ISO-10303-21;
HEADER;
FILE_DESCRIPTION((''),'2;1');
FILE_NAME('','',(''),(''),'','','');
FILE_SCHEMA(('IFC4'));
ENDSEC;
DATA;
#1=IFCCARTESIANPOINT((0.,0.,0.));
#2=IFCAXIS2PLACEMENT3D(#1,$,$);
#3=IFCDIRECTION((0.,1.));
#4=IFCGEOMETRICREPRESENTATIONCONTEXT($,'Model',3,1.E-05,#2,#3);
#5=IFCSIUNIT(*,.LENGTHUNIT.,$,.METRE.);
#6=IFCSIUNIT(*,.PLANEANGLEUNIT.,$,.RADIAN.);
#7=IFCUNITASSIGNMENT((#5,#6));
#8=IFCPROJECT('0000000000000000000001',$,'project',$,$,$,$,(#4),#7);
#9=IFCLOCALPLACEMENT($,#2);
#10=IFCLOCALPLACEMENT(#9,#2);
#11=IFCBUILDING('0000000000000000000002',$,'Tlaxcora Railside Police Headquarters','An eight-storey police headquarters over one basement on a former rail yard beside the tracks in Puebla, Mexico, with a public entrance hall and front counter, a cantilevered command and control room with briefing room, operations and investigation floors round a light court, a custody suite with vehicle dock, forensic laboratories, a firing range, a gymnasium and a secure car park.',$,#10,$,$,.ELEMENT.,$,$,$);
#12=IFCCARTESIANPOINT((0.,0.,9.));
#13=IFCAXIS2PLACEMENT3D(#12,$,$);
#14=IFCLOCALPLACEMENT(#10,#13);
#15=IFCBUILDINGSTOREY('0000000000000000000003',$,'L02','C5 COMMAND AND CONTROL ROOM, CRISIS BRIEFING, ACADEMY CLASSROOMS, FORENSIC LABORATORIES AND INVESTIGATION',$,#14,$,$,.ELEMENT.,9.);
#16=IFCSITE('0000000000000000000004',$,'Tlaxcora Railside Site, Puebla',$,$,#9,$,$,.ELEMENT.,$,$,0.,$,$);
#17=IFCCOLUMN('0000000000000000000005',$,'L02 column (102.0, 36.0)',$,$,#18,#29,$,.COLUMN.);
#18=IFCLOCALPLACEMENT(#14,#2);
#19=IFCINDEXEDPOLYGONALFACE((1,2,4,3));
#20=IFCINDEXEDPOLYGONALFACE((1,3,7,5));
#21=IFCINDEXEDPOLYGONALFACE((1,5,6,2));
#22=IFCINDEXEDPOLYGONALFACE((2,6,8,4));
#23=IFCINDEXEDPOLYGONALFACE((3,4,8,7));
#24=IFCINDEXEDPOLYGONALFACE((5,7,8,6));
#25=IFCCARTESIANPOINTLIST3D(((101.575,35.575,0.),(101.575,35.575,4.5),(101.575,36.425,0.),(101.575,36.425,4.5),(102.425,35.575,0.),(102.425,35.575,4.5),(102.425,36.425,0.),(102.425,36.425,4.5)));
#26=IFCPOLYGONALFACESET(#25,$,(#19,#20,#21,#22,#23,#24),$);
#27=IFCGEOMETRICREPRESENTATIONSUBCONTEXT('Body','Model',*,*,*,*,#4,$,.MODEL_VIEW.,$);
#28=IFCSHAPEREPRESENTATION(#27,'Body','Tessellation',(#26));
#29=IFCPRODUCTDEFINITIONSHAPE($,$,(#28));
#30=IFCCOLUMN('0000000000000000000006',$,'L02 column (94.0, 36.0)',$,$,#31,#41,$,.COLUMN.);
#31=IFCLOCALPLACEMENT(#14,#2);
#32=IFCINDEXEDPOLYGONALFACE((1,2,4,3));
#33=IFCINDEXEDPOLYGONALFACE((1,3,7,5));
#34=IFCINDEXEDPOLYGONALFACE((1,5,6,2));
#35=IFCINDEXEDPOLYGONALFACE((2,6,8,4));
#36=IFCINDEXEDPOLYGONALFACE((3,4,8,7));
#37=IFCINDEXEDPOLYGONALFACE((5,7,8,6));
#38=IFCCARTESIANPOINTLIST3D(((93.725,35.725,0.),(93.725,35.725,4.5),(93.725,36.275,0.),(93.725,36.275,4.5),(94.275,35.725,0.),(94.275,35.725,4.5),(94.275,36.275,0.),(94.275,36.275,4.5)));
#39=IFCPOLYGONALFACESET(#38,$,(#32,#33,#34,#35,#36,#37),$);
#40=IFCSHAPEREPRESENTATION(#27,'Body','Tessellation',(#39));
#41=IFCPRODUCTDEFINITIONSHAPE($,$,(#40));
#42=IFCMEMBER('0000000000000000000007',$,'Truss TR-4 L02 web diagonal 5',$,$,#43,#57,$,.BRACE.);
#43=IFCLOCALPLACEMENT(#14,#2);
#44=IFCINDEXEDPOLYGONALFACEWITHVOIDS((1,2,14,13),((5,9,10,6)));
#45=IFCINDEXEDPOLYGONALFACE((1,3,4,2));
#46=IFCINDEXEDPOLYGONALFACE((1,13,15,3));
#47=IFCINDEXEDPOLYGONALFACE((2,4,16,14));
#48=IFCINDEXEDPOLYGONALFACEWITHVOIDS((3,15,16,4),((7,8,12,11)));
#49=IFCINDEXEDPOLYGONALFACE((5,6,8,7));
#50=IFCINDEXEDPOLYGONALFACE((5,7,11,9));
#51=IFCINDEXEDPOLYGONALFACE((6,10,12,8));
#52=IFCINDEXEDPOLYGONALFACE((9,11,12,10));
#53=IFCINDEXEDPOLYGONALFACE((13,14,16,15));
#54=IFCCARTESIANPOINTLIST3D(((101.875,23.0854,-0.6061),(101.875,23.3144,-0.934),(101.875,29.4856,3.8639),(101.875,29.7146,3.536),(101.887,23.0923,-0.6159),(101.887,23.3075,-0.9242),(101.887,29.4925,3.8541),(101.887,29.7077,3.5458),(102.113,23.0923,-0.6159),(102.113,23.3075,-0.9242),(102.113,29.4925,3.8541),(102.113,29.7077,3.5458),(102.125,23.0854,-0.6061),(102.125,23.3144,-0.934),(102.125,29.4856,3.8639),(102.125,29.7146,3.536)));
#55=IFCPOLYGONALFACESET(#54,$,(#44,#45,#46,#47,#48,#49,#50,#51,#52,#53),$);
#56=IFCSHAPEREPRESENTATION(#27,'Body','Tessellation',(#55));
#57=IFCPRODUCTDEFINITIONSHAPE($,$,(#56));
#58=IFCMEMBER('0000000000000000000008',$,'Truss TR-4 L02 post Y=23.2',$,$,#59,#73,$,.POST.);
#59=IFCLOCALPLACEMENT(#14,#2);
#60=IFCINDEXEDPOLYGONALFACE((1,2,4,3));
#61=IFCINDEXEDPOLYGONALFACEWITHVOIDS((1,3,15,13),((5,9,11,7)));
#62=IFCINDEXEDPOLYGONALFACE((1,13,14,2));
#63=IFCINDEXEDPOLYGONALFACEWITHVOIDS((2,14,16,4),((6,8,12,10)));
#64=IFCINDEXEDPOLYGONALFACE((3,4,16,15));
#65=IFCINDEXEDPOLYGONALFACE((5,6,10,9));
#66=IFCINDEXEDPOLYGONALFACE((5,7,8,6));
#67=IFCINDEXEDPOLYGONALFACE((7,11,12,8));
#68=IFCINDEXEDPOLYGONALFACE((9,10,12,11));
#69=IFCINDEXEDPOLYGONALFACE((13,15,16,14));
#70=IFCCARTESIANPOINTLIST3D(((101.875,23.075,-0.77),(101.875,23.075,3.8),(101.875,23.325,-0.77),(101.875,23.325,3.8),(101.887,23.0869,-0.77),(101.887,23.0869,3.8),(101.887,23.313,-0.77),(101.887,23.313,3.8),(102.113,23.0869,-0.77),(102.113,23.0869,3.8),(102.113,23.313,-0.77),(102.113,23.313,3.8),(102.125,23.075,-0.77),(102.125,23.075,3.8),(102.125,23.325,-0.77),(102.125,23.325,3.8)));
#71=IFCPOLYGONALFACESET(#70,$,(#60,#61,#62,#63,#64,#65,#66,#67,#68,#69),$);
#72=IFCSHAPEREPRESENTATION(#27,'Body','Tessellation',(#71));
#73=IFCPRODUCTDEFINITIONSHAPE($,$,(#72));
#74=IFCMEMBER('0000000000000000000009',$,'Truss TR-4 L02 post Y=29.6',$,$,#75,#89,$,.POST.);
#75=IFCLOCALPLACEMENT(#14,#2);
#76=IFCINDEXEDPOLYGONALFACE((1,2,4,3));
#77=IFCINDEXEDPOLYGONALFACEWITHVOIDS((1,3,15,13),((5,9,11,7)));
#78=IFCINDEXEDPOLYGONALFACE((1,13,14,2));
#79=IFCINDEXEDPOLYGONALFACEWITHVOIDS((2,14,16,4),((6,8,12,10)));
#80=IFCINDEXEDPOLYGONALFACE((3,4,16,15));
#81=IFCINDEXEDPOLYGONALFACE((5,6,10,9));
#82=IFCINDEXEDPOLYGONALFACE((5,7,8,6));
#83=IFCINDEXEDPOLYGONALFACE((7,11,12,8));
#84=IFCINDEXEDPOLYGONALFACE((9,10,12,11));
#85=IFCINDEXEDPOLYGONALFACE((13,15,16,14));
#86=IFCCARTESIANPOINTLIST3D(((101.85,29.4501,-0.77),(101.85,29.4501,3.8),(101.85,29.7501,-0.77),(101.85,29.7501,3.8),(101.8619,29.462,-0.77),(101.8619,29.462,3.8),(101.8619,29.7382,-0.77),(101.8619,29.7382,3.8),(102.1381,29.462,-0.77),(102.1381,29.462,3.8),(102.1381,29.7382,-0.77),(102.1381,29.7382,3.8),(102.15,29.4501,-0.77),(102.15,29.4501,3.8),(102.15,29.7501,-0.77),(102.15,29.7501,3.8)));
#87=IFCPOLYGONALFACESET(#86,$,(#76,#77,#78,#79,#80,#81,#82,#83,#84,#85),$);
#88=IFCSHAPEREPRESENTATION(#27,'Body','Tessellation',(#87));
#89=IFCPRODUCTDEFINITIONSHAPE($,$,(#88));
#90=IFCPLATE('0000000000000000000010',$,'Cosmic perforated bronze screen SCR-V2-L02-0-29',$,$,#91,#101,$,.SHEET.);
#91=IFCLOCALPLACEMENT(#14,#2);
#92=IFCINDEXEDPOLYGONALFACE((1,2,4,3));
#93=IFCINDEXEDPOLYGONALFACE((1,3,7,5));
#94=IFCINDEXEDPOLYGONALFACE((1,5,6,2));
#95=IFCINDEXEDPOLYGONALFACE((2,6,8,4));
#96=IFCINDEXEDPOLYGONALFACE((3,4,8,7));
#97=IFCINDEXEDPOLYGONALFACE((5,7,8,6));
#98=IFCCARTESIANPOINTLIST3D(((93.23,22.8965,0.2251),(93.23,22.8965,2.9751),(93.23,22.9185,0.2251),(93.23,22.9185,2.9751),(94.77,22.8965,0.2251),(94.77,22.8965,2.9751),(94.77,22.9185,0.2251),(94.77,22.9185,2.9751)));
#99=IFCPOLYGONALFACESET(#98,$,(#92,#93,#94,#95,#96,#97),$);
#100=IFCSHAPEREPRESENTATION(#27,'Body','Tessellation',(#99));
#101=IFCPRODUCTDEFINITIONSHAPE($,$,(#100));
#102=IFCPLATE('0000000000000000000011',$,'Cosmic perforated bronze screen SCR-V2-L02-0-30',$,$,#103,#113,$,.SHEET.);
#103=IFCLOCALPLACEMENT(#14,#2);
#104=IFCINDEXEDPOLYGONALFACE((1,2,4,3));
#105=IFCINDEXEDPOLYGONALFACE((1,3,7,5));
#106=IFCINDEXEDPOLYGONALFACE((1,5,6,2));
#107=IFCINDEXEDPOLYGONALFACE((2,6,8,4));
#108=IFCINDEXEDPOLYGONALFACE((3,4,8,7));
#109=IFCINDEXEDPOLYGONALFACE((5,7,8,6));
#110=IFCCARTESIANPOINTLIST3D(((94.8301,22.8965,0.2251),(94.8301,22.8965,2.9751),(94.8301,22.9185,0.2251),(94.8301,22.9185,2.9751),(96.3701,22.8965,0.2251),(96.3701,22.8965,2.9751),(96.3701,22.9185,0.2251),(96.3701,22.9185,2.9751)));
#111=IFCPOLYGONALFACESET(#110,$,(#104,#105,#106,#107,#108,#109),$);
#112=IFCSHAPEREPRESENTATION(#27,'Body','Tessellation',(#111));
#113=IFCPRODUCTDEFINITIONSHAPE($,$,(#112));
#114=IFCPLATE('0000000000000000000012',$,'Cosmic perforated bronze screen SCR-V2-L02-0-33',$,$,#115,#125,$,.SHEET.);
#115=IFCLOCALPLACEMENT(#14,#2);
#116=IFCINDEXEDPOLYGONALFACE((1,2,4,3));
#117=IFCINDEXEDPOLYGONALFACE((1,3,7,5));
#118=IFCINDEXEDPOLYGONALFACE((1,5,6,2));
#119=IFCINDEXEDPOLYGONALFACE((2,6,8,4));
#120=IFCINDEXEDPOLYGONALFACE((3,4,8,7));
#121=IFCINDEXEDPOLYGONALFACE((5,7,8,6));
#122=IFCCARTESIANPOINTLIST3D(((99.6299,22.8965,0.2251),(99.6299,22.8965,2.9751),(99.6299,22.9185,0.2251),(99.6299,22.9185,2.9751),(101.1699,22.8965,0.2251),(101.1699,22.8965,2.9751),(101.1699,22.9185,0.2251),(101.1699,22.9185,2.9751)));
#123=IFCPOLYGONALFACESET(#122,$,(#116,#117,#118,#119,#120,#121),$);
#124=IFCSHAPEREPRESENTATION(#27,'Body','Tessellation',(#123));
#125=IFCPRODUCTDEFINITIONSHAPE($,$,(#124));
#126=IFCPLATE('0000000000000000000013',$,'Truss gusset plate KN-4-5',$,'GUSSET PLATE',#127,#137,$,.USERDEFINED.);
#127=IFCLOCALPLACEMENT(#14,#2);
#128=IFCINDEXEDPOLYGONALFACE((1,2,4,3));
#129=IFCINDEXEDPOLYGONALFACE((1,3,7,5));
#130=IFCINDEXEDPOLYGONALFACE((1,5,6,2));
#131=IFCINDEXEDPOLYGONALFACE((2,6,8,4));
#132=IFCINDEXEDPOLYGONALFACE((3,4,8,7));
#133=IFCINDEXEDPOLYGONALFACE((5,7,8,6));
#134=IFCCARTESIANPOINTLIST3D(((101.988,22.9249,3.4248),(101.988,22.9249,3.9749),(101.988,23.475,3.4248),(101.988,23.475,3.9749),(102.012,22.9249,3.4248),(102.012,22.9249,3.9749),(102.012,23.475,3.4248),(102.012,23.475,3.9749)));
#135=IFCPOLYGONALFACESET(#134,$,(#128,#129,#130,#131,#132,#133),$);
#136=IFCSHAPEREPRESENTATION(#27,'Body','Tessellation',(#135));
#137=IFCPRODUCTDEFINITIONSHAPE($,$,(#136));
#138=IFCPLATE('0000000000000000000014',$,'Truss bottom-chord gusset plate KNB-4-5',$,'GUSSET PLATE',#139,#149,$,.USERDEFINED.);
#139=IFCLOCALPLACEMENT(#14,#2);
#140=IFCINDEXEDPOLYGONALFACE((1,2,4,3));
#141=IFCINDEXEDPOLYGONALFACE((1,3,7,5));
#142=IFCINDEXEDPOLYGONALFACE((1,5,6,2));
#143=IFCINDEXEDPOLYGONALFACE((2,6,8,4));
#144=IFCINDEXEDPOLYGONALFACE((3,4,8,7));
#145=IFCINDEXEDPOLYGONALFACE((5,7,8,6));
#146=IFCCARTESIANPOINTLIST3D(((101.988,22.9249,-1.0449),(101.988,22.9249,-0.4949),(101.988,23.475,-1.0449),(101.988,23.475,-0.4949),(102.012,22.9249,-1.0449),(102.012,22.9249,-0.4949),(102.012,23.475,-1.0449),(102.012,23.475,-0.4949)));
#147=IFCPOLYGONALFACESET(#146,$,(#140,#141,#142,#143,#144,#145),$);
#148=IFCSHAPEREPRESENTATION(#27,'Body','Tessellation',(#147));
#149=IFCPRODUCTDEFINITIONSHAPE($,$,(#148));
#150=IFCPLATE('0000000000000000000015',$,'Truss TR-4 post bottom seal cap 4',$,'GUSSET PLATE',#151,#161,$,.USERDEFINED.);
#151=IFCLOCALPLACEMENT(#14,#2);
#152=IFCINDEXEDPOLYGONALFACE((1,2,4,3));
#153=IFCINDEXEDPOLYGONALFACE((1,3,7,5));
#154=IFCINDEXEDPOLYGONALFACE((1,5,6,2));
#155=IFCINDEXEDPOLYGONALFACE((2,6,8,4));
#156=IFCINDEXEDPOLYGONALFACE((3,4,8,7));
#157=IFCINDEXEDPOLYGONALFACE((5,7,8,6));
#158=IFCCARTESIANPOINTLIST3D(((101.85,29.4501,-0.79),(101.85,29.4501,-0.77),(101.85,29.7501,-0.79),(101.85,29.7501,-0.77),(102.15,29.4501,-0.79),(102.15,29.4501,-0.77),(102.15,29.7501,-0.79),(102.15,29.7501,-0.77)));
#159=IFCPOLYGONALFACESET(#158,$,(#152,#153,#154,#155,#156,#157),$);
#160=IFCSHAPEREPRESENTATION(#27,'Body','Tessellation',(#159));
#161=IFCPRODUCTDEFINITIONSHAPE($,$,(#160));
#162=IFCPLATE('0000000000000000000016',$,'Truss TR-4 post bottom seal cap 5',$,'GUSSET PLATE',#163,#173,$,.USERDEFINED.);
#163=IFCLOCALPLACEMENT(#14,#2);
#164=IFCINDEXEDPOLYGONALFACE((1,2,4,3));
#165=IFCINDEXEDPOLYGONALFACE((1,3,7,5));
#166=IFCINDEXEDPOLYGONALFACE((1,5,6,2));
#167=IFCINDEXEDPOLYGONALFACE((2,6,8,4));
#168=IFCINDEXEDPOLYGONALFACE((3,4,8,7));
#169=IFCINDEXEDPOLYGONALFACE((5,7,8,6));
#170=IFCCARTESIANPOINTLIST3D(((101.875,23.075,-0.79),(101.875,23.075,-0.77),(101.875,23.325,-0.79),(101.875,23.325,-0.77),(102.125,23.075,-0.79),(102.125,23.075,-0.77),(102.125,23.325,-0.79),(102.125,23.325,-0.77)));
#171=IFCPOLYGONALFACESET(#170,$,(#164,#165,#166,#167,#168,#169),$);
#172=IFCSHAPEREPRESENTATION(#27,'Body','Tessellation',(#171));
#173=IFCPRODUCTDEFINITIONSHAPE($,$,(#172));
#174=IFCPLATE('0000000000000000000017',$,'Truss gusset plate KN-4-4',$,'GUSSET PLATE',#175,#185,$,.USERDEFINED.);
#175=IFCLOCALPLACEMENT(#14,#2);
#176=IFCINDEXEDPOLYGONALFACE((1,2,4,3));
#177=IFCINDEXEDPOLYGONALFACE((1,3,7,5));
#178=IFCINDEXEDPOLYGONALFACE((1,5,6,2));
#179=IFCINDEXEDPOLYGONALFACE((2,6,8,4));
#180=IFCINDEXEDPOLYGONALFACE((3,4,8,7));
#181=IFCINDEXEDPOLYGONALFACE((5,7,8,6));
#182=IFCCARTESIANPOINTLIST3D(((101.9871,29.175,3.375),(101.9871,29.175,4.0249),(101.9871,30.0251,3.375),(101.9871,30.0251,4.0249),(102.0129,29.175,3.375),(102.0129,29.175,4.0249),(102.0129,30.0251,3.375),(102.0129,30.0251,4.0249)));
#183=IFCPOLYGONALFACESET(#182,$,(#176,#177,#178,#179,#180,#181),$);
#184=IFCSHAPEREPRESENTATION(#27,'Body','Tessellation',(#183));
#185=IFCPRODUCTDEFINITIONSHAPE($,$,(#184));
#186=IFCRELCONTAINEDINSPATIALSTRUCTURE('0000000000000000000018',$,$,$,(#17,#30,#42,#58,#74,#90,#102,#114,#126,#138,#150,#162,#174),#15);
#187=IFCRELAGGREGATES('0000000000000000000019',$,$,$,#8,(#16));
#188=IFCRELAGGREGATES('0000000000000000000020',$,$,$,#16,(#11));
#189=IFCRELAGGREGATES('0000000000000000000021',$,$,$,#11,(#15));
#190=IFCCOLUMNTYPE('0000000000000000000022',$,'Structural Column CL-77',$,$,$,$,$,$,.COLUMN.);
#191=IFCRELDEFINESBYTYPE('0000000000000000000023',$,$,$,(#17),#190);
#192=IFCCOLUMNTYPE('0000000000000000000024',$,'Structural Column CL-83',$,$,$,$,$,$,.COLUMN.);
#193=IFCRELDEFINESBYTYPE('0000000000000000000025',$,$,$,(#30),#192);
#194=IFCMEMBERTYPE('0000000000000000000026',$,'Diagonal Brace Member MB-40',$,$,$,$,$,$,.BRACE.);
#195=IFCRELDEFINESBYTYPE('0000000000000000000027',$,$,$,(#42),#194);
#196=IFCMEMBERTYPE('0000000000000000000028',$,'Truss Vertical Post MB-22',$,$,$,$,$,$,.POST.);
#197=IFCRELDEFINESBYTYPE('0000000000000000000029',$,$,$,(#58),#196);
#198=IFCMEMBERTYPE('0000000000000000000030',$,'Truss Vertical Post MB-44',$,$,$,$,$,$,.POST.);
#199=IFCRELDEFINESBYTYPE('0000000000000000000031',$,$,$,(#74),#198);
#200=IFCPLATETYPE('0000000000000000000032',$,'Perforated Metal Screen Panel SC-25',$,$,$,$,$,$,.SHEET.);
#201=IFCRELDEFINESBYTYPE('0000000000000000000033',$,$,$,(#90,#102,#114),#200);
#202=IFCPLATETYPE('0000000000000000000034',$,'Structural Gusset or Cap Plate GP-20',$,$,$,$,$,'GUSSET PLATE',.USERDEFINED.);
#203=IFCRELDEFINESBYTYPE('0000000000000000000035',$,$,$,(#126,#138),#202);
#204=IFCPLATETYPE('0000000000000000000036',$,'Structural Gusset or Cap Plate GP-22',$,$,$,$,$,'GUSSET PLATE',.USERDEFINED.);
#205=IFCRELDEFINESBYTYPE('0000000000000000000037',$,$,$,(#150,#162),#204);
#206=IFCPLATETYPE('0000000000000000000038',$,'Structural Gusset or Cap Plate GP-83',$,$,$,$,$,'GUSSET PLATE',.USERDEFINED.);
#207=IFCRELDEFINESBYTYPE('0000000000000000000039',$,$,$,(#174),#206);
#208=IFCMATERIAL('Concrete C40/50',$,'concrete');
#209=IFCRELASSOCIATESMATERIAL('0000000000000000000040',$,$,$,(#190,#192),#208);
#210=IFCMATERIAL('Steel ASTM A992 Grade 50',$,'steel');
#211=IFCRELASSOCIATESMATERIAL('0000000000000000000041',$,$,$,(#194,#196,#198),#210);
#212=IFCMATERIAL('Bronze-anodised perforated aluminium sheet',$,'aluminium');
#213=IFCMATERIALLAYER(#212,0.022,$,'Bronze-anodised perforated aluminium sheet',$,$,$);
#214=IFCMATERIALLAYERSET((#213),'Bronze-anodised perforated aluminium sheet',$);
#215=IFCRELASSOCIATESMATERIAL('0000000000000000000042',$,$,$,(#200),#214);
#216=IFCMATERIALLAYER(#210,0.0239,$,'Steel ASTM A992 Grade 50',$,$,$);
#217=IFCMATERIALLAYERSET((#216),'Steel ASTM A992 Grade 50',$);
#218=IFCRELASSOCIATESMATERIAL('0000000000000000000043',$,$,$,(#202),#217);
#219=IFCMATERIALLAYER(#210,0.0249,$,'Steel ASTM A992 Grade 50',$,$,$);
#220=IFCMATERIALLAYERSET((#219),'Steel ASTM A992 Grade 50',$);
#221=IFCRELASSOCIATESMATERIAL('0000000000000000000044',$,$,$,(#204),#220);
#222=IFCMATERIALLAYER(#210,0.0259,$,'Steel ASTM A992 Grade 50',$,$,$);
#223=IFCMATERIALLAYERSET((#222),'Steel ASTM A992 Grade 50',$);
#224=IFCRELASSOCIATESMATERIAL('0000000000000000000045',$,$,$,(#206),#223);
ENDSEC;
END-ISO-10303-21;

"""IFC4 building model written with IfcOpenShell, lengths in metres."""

from ifc_helpers import new_model, si_unit, direction, frame, origin, origin_2d, place, context, subcontext, project, spatial, rectangle, hollow_rectangle, extrude, material, layer, layer_set, material_profile, profile_set, type_object, element, save


model = new_model("IFC4")

# Units and contexts
model_context = context("Model", 3, precision=1e-05, world=origin(), true_north=direction((0.0, 1.0)))
body_context = subcontext(model_context, "Body", "Model", "MODEL_VIEW")
ifc_project = project(units=[si_unit("LENGTHUNIT", "METRE"), si_unit("PLANEANGLEUNIT", "RADIAN")], contexts=[model_context])

# Site, building, storey
site_placement = place(None, origin())
site = spatial("IfcSite", under=ifc_project, at=site_placement, Name="Tlaxcora Railside Site, Puebla", CompositionType="ELEMENT", RefElevation=0.0)
building_placement = place(site_placement, origin())
building = spatial("IfcBuilding", under=site, at=building_placement, Name="Tlaxcora Railside Police Headquarters", Description="An eight-storey police headquarters over one basement on a former rail yard beside the tracks in Puebla, Mexico, with a public entrance hall and front counter, a cantilevered command and control room with briefing room, operations and investigation floors round a light court, a custody suite with vehicle dock, forensic laboratories, a firing range, a gymnasium and a secure car park.", CompositionType="ELEMENT")
storey_placement = place(building_placement, frame((0.0, 0.0, 9.0)))
storey = spatial("IfcBuildingStorey", under=building, at=storey_placement, Name="L02", Description="C5 COMMAND AND CONTROL ROOM, CRISIS BRIEFING, ACADEMY CLASSROOMS, FORENSIC LABORATORIES AND INVESTIGATION", CompositionType="ELEMENT", Elevation=9.0)

# Columns
ifc_material_1 = material(Name="Concrete C40/50", Category="concrete")
ifc_material_profile_1 = material_profile(ifc_material_1, rectangle(XDim=0.8501, YDim=0.8501, at=origin_2d()), Name="RC850X850")
ifc_profile_set_1 = profile_set([ifc_material_profile_1], Name="Concrete C40/50")
column_type_1 = type_object("IfcColumnType", Name="Structural Column CL-77", PredefinedType="COLUMN", material=ifc_profile_set_1)
column_1_placement = place(storey_placement, frame((102.0, 36.0, 0.0), z_axis=(0.0, 0.0, 1.0), x_axis=(1.0, 0.0, 0.0)))
element("IfcColumn", 1, at=column_1_placement, inside=storey, type_object=column_type_1, Name="L02 column (102.0, 36.0)", PredefinedType="COLUMN", context=body_context, shape_type="SweptSolid", body=[
    extrude(rectangle(XDim=0.8501, YDim=0.8501, at=origin_2d()), origin(), (0.0, 0.0, 1.0), 4.5),
])
ifc_material_profile_2 = material_profile(ifc_material_1, rectangle(XDim=0.55, YDim=0.55, at=origin_2d()), Name="RC550X550")
ifc_profile_set_2 = profile_set([ifc_material_profile_2], Name="Concrete C40/50")
column_type_2 = type_object("IfcColumnType", Name="Structural Column CL-83", PredefinedType="COLUMN", material=ifc_profile_set_2)
column_2_placement = place(storey_placement, frame((94.0, 36.0, 0.0), z_axis=(0.0, 0.0, 1.0), x_axis=(1.0, 0.0, 0.0)))
element("IfcColumn", 2, at=column_2_placement, inside=storey, type_object=column_type_2, Name="L02 column (94.0, 36.0)", PredefinedType="COLUMN", context=body_context, shape_type="SweptSolid", body=[
    extrude(rectangle(XDim=0.55, YDim=0.55, at=origin_2d()), origin(), (0.0, 0.0, 1.0), 4.5),
])

# Members
ifc_material_2 = material(Name="Steel ASTM A992 Grade 50", Category="steel")
ifc_material_profile_3 = material_profile(ifc_material_2, hollow_rectangle(XDim=0.25, YDim=0.3999, WallThickness=0.012, at=origin_2d()), Name="HSS400X250X12")
ifc_profile_set_3 = profile_set([ifc_material_profile_3], Name="Steel ASTM A992 Grade 50")
member_type_1 = type_object("IfcMemberType", Name="Diagonal Brace Member MB-40", PredefinedType="BRACE", material=ifc_profile_set_3)
member_1_placement = place(storey_placement, frame((102.0, 29.6001, 3.7), z_axis=(0.0, -0.819841, -0.572591), x_axis=(1.0, 0.0, 0.0)))
element("IfcMember", 3, at=member_1_placement, inside=storey, type_object=member_type_1, Name="Truss TR-4 L02 web diagonal 5", PredefinedType="BRACE", context=body_context, shape_type="SweptSolid", body=[
    extrude(hollow_rectangle(XDim=0.25, YDim=0.3999, WallThickness=0.012, at=origin_2d()), origin(), (0.0, 0.0, 1.0), 7.8066),
])
ifc_material_profile_4 = material_profile(ifc_material_2, hollow_rectangle(XDim=0.25, YDim=0.25, WallThickness=0.012, at=origin_2d()), Name="HSS250X250X12")
ifc_profile_set_4 = profile_set([ifc_material_profile_4], Name="Steel ASTM A992 Grade 50")
member_type_2 = type_object("IfcMemberType", Name="Truss Vertical Post MB-22", PredefinedType="POST", material=ifc_profile_set_4)
member_2_placement = place(storey_placement, frame((102.0, 23.2, -0.77), z_axis=(0.0, 0.0, 1.0), x_axis=(1.0, 0.0, 0.0)))
element("IfcMember", 4, at=member_2_placement, inside=storey, type_object=member_type_2, Name="Truss TR-4 L02 post Y=23.2", PredefinedType="POST", context=body_context, shape_type="SweptSolid", body=[
    extrude(hollow_rectangle(XDim=0.25, YDim=0.25, WallThickness=0.012, at=origin_2d()), origin(), (0.0, 0.0, 1.0), 4.5701),
])
ifc_material_profile_5 = material_profile(ifc_material_2, hollow_rectangle(XDim=0.3, YDim=0.3, WallThickness=0.012, at=origin_2d()), Name="HSS300X300X12")
ifc_profile_set_5 = profile_set([ifc_material_profile_5], Name="Steel ASTM A992 Grade 50")
member_type_3 = type_object("IfcMemberType", Name="Truss Vertical Post MB-44", PredefinedType="POST", material=ifc_profile_set_5)
member_3_placement = place(storey_placement, frame((102.0, 29.6001, -0.77), z_axis=(0.0, 0.0, 1.0), x_axis=(1.0, 0.0, 0.0)))
element("IfcMember", 5, at=member_3_placement, inside=storey, type_object=member_type_3, Name="Truss TR-4 L02 post Y=29.6", PredefinedType="POST", context=body_context, shape_type="SweptSolid", body=[
    extrude(hollow_rectangle(XDim=0.3, YDim=0.3, WallThickness=0.012, at=origin_2d()), origin(), (0.0, 0.0, 1.0), 4.5701),
])

# Plates
ifc_material_3 = material(Name="Bronze-anodised perforated aluminium sheet", Category="aluminium")
ifc_layer_1 = layer(ifc_material_3, 0.022, Name="Bronze-anodised perforated aluminium sheet")
ifc_layer_set_1 = layer_set([ifc_layer_1], Name="Bronze-anodised perforated aluminium sheet")
plate_type_1 = type_object("IfcPlateType", Name="Perforated Metal Screen Panel SC-25", PredefinedType="SHEET", material=ifc_layer_set_1)
for number, where, z_axis, x_axis, name in (
    (6, (94.0, 22.9075, 0.2251), (0.0, 0.0, 1.0), (1.0, 0.0, 0.0), "Cosmic perforated bronze screen SCR-V2-L02-0-29"),
    (7, (95.6001, 22.9075, 0.2251), (0.0, 0.0, 1.0), (1.0, 0.0, 0.0), "Cosmic perforated bronze screen SCR-V2-L02-0-30"),
    (8, (100.3999, 22.9075, 0.2251), (0.0, 0.0, 1.0), (1.0, 0.0, 0.0), "Cosmic perforated bronze screen SCR-V2-L02-0-33"),
):
    element("IfcPlate", number, at=place(storey_placement, frame(where, z_axis=z_axis, x_axis=x_axis)), inside=storey, type_object=plate_type_1, Name=name, PredefinedType="SHEET", context=body_context, shape_type="SweptSolid", body=[
        extrude(rectangle(XDim=1.54, YDim=0.022, at=origin_2d()), origin(), (0.0, 0.0, 1.0), 2.75),
    ])
ifc_layer_2 = layer(ifc_material_2, 0.0239, Name="Steel ASTM A992 Grade 50")
ifc_layer_set_2 = layer_set([ifc_layer_2], Name="Steel ASTM A992 Grade 50")
plate_type_2 = type_object("IfcPlateType", Name="Structural Gusset or Cap Plate GP-20", ElementType="GUSSET PLATE", PredefinedType="USERDEFINED", material=ifc_layer_set_2)
for number, where, z_axis, x_axis, name in (
    (9, (102.0, 23.2, 3.4248), (0.0, 0.0, 1.0), (0.0, 1.0, 0.0), "Truss gusset plate KN-4-5"),
    (10, (102.0, 23.2, -1.0449), (0.0, 0.0, 1.0), (0.0, 1.0, 0.0), "Truss bottom-chord gusset plate KNB-4-5"),
):
    element("IfcPlate", number, at=place(storey_placement, frame(where, z_axis=z_axis, x_axis=x_axis)), inside=storey, type_object=plate_type_2, Name=name, ObjectType="GUSSET PLATE", PredefinedType="USERDEFINED", context=body_context, shape_type="SweptSolid", body=[
        extrude(rectangle(XDim=0.55, YDim=0.0239, at=origin_2d()), origin(), (0.0, 0.0, 1.0), 0.55),
    ])
ifc_layer_3 = layer(ifc_material_2, 0.0249, Name="Steel ASTM A992 Grade 50")
ifc_layer_set_3 = layer_set([ifc_layer_3], Name="Steel ASTM A992 Grade 50")
plate_type_3 = type_object("IfcPlateType", Name="Structural Gusset or Cap Plate GP-22", ElementType="GUSSET PLATE", PredefinedType="USERDEFINED", material=ifc_layer_set_3)
plate_1_placement = place(storey_placement, frame((102.0, 29.6001, -0.79), z_axis=(0.0, 0.0, 1.0), x_axis=(1.0, 0.0, 0.0)))
element("IfcPlate", 11, at=plate_1_placement, inside=storey, type_object=plate_type_3, Name="Truss TR-4 post bottom seal cap 4", ObjectType="GUSSET PLATE", PredefinedType="USERDEFINED", context=body_context, shape_type="SweptSolid", body=[
    extrude(rectangle(XDim=0.3, YDim=0.3, at=origin_2d()), origin(), (0.0, 0.0, 1.0), 0.02),
])
plate_2_placement = place(storey_placement, frame((102.0, 23.2, -0.79), z_axis=(0.0, 0.0, 1.0), x_axis=(1.0, 0.0, 0.0)))
element("IfcPlate", 12, at=plate_2_placement, inside=storey, type_object=plate_type_3, Name="Truss TR-4 post bottom seal cap 5", ObjectType="GUSSET PLATE", PredefinedType="USERDEFINED", context=body_context, shape_type="SweptSolid", body=[
    extrude(rectangle(XDim=0.25, YDim=0.25, at=origin_2d()), origin(), (0.0, 0.0, 1.0), 0.02),
])
ifc_layer_4 = layer(ifc_material_2, 0.0259, Name="Steel ASTM A992 Grade 50")
ifc_layer_set_4 = layer_set([ifc_layer_4], Name="Steel ASTM A992 Grade 50")
plate_type_4 = type_object("IfcPlateType", Name="Structural Gusset or Cap Plate GP-83", ElementType="GUSSET PLATE", PredefinedType="USERDEFINED", material=ifc_layer_set_4)
for number, where, z_axis, x_axis, name in (
    (13, (102.0, 29.6001, 3.375), (0.0, 0.0, 1.0), (0.0, 1.0, 0.0), "Truss gusset plate KN-4-4"),
):
    element("IfcPlate", number, at=place(storey_placement, frame(where, z_axis=z_axis, x_axis=x_axis)), inside=storey, type_object=plate_type_4, Name=name, ObjectType="GUSSET PLATE", PredefinedType="USERDEFINED", context=body_context, shape_type="SweptSolid", body=[
        extrude(rectangle(XDim=0.8501, YDim=0.0259, at=origin_2d()), origin(), (0.0, 0.0, 1.0), 0.6499),
    ])

save(model, "model.ifc")
